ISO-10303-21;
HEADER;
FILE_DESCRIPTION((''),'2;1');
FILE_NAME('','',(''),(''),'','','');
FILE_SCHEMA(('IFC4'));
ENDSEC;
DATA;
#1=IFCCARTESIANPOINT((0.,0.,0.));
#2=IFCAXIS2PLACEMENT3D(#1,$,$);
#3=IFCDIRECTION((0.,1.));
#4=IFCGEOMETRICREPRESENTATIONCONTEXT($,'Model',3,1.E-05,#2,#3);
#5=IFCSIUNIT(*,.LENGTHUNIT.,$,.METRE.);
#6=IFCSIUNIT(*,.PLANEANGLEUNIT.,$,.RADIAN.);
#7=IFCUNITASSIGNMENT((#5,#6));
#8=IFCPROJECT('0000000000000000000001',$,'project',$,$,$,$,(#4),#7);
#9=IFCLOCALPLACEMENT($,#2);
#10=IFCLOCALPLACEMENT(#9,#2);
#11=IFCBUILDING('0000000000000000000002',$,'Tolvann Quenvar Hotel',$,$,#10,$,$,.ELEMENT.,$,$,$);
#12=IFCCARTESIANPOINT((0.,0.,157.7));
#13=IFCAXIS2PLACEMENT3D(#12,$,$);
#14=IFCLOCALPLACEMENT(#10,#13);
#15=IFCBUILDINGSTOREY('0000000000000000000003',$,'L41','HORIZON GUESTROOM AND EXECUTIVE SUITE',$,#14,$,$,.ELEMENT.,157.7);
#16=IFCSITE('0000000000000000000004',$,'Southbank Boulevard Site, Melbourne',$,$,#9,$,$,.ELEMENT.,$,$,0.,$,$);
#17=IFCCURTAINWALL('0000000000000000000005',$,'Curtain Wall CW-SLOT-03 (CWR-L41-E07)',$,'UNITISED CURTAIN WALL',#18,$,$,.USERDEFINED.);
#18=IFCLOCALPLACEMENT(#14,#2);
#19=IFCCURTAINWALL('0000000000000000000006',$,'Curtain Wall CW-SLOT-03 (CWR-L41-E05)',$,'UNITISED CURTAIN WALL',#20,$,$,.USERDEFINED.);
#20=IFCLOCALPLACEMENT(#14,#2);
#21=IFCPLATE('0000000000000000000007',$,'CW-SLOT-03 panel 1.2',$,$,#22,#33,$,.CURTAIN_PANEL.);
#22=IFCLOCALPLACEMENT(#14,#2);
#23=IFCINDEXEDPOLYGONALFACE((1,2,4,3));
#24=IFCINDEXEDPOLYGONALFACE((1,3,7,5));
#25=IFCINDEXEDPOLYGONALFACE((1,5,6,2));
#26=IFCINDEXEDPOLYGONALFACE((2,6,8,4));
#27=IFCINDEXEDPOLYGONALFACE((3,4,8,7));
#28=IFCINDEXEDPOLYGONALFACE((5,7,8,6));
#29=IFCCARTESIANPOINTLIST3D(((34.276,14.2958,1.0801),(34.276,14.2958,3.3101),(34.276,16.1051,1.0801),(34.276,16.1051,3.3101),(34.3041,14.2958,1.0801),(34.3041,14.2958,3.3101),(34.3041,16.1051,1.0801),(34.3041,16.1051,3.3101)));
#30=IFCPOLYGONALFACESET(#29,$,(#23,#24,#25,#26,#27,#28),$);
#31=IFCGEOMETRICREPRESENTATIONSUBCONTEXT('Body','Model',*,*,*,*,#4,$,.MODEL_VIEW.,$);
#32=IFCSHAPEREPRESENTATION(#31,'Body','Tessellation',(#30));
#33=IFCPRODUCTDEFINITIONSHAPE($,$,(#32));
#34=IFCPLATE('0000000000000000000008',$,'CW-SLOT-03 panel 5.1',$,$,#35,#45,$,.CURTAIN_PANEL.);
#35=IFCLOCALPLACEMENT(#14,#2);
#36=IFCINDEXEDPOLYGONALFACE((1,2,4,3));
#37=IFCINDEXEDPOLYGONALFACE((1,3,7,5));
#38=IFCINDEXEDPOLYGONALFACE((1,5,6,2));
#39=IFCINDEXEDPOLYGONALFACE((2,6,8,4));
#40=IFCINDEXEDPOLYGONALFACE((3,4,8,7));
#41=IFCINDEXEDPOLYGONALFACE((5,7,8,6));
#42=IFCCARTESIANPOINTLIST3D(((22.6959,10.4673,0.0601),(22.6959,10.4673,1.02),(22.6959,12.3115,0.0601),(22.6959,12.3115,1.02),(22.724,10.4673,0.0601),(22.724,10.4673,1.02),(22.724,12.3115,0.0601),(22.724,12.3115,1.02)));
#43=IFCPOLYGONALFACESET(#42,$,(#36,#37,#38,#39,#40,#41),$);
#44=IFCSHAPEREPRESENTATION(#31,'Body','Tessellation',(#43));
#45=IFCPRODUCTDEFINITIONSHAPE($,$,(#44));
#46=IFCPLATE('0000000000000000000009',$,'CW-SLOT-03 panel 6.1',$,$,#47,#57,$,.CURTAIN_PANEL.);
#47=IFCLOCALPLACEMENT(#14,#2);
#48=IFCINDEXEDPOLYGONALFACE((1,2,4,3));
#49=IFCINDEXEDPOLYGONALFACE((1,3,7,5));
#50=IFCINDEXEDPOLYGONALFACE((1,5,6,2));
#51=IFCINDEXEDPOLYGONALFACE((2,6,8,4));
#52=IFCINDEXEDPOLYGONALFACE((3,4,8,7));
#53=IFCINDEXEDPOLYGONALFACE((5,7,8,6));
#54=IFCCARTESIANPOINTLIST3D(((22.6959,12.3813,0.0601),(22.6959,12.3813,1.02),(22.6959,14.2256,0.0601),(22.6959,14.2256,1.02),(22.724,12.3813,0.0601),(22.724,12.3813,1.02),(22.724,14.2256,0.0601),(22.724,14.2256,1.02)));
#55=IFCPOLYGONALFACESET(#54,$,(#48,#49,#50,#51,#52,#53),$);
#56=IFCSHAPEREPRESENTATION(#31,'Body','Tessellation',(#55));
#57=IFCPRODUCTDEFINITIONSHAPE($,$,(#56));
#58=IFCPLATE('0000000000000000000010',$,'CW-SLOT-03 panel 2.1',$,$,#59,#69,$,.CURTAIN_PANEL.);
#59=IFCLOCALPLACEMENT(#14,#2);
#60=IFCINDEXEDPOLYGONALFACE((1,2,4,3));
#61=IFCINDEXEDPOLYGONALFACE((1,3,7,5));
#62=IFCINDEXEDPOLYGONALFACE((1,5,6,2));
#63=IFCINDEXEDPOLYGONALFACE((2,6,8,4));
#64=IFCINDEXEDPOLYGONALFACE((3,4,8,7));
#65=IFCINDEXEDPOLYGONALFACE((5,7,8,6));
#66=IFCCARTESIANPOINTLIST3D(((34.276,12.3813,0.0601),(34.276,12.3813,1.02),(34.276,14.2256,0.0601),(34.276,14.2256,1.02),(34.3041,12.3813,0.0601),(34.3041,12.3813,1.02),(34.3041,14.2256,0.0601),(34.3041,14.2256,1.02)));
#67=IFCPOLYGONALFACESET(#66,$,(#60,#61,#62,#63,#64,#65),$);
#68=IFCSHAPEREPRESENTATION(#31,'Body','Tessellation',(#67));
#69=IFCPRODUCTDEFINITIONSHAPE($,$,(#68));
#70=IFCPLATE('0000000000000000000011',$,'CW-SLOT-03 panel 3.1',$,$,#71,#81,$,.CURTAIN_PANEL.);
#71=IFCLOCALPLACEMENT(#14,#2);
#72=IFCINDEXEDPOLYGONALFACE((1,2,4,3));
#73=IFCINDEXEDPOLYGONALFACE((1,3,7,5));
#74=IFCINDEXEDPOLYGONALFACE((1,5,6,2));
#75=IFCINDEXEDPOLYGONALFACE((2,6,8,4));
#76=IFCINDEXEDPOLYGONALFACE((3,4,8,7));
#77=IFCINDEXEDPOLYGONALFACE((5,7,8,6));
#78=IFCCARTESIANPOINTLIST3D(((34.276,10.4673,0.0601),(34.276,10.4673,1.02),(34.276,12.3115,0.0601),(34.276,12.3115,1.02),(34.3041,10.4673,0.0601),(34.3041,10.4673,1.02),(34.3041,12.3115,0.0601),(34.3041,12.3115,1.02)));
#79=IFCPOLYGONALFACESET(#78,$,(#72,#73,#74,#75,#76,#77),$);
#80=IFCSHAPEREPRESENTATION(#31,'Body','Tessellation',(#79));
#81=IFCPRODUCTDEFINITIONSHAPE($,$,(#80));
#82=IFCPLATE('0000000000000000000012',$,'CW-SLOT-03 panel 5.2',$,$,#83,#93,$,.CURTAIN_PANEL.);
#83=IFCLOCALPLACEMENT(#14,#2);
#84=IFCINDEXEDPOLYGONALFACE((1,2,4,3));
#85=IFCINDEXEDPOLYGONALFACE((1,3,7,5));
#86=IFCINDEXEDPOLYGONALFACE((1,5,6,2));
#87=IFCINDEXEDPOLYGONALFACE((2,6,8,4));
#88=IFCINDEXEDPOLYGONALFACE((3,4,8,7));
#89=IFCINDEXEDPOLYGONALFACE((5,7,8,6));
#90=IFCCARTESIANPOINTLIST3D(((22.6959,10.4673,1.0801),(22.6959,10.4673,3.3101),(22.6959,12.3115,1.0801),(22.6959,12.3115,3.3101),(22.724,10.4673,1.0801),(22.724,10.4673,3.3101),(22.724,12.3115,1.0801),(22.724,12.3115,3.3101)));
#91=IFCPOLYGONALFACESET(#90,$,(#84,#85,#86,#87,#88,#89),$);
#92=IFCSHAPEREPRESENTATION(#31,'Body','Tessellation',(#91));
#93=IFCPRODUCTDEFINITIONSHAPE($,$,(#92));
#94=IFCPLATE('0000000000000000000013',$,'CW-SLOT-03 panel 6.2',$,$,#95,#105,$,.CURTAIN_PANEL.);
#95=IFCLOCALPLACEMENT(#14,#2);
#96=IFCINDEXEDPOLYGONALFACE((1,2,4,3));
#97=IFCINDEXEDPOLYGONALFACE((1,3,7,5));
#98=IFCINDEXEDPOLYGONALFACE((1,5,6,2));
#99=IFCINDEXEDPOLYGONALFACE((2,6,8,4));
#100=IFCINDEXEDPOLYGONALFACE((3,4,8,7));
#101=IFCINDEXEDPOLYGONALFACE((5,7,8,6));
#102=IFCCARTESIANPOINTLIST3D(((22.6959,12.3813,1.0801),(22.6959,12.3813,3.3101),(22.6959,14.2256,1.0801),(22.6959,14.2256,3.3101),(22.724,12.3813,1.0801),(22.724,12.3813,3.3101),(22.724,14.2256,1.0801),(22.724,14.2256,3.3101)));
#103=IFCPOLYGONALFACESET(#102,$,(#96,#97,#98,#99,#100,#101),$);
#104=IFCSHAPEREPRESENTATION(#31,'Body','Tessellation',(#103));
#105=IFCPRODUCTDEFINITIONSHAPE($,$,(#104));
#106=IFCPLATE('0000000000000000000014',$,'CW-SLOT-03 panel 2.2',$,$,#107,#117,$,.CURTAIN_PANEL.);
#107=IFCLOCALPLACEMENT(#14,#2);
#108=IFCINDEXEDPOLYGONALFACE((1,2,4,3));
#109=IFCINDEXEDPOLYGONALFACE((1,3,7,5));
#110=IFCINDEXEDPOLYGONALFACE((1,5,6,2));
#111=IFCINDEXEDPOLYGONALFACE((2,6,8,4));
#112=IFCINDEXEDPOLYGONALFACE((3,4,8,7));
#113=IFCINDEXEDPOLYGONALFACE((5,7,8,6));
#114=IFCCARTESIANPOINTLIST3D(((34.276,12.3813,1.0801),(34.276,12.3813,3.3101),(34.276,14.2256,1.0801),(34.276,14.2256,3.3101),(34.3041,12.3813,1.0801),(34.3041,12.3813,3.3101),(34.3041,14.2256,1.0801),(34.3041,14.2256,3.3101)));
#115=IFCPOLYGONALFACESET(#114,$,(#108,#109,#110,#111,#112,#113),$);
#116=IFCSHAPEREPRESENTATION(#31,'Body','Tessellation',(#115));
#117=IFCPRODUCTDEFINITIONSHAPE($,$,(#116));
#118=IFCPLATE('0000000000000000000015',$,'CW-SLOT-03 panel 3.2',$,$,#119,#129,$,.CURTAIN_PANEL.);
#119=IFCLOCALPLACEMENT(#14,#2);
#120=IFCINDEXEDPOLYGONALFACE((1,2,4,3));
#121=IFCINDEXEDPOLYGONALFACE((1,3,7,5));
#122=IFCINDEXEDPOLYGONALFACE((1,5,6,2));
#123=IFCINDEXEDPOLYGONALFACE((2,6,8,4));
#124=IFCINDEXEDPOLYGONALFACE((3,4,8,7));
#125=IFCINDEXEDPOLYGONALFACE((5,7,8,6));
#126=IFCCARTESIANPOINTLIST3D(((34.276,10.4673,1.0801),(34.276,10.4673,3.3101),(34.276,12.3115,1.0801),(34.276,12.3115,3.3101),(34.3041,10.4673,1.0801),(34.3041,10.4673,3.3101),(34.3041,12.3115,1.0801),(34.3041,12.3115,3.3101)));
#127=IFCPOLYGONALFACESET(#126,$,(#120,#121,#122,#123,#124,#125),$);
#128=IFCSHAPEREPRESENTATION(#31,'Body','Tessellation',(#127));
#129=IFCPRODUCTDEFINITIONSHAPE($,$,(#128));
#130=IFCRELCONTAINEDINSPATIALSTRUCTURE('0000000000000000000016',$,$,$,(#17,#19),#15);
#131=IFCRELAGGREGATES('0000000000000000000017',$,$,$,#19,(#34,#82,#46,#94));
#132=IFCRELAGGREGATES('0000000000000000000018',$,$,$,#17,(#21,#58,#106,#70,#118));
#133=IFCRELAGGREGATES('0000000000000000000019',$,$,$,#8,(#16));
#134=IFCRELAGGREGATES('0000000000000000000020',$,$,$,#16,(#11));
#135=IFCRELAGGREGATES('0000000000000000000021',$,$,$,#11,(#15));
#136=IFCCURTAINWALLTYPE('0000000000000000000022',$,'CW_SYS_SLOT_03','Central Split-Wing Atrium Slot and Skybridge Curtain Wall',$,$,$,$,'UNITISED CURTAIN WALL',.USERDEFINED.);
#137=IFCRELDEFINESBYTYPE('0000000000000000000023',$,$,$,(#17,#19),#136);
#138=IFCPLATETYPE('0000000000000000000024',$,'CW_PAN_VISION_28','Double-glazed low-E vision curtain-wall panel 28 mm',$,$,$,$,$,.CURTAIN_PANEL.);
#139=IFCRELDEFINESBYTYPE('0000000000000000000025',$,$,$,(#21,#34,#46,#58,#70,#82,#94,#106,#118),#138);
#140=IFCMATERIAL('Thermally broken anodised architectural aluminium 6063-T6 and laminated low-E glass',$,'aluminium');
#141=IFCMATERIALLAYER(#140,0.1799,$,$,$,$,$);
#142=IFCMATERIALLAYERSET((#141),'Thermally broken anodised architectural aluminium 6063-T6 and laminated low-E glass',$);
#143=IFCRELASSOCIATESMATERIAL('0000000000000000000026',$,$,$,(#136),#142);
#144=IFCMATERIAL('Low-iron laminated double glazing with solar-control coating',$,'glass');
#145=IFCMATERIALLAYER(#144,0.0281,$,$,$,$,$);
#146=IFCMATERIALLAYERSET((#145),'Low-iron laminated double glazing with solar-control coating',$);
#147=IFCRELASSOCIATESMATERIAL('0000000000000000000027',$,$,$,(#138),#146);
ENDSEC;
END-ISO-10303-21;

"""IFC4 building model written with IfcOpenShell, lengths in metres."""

from ifc_helpers import new_model, si_unit, direction, frame, origin, origin_2d, place, context, subcontext, project, spatial, rectangle, extrude, source, transform, mapped, material, layer, layer_set, type_object, element, aggregate, save


model = new_model("IFC4")

# Units and contexts
model_context = context("Model", 3, precision=1e-05, world=origin(), true_north=direction((0.0, 1.0)))
body_context = subcontext(model_context, "Body", "Model", "MODEL_VIEW")
ifc_project = project(units=[si_unit("LENGTHUNIT", "METRE"), si_unit("PLANEANGLEUNIT", "RADIAN")], contexts=[model_context])

# Site, building, storey
site_placement = place(None, origin())
site = spatial("IfcSite", under=ifc_project, at=site_placement, Name="Southbank Boulevard Site, Melbourne", CompositionType="ELEMENT", RefElevation=0.0)
building_placement = place(site_placement, origin())
building = spatial("IfcBuilding", under=site, at=building_placement, Name="Tolvann Quenvar Hotel", CompositionType="ELEMENT")
storey_placement = place(building_placement, frame((0.0, 0.0, 157.7)))
storey = spatial("IfcBuildingStorey", under=building, at=storey_placement, Name="L41", Description="HORIZON GUESTROOM AND EXECUTIVE SUITE", CompositionType="ELEMENT", Elevation=157.7)

# Curtain walls
ifc_material_1 = material(Name="Thermally broken anodised architectural aluminium 6063-T6 and laminated low-E glass", Category="aluminium")
ifc_layer_1 = layer(ifc_material_1, 0.1799)
ifc_layer_set_1 = layer_set([ifc_layer_1], Name="Thermally broken anodised architectural aluminium 6063-T6 and laminated low-E glass")
curtain_wall_type = type_object("IfcCurtainWallType", Name="CW_SYS_SLOT_03", Description="Central Split-Wing Atrium Slot and Skybridge Curtain Wall", ElementType="UNITISED CURTAIN WALL", PredefinedType="USERDEFINED", material=ifc_layer_set_1)
curtain_wall_1_placement = place(storey_placement, origin())
curtain_wall_1 = element("IfcCurtainWall", 1, at=curtain_wall_1_placement, inside=storey, type_object=curtain_wall_type, Name="Curtain Wall CW-SLOT-03 (CWR-L41-E07)", ObjectType="UNITISED CURTAIN WALL", PredefinedType="USERDEFINED")
curtain_wall_2_placement = place(storey_placement, origin())
curtain_wall_2 = element("IfcCurtainWall", 2, at=curtain_wall_2_placement, inside=storey, type_object=curtain_wall_type, Name="Curtain Wall CW-SLOT-03 (CWR-L41-E05)", ObjectType="UNITISED CURTAIN WALL", PredefinedType="USERDEFINED")

# Plates
ifc_material_2 = material(Name="Low-iron laminated double glazing with solar-control coating", Category="glass")
ifc_layer_2 = layer(ifc_material_2, 0.0281)
ifc_layer_set_2 = layer_set([ifc_layer_2], Name="Low-iron laminated double glazing with solar-control coating")
plate_type = type_object("IfcPlateType", Name="CW_PAN_VISION_28", Description="Double-glazed low-E vision curtain-wall panel 28 mm", PredefinedType="CURTAIN_PANEL", material=ifc_layer_set_2)
shared_shape_1 = source(origin(), body_context, "Body", "SweptSolid", [
    extrude(rectangle(XDim=1.8093, YDim=0.0281, at=origin_2d()), origin(), (0.0, 0.0, 1.0), 2.23),
])
plate_1_placement = place(storey_placement, frame((34.29, 15.2004, 1.0801), z_axis=(0.0, 0.0, 1.0), x_axis=(0.0, -1.0, 0.0)))
plate_1 = element("IfcPlate", 3, at=plate_1_placement, type_object=plate_type, Name="CW-SLOT-03 panel 1.2", PredefinedType="CURTAIN_PANEL", context=body_context, shape_type="MappedRepresentation", body=[
    mapped(shared_shape_1, transform((0.0, 0.0, 0.0), x_axis=(1.0, 0.0, 0.0), y_axis=(0.0, 1.0, 0.0), z_axis=(0.0, 0.0, 1.0), scale=1.0)),
])
shared_shape_2 = source(origin(), body_context, "Body", "SweptSolid", [
    extrude(rectangle(XDim=1.8442, YDim=0.0281, at=origin_2d()), origin(), (0.0, 0.0, 1.0), 0.96),
])
plate_2_placement = place(storey_placement, frame((22.71, 11.3894, 0.0601), z_axis=(0.0, 0.0, 1.0), x_axis=(0.0, 1.0, 0.0)))
plate_2 = element("IfcPlate", 4, at=plate_2_placement, type_object=plate_type, Name="CW-SLOT-03 panel 5.1", PredefinedType="CURTAIN_PANEL", context=body_context, shape_type="MappedRepresentation", body=[
    mapped(shared_shape_2, transform((0.0, 0.0, 0.0), x_axis=(1.0, 0.0, 0.0), y_axis=(0.0, 1.0, 0.0), z_axis=(0.0, 0.0, 1.0), scale=1.0)),
])
plate_3_placement = place(storey_placement, frame((22.71, 13.3035, 0.0601), z_axis=(0.0, 0.0, 1.0), x_axis=(0.0, 1.0, 0.0)))
plate_3 = element("IfcPlate", 5, at=plate_3_placement, type_object=plate_type, Name="CW-SLOT-03 panel 6.1", PredefinedType="CURTAIN_PANEL", context=body_context, shape_type="MappedRepresentation", body=[
    mapped(shared_shape_2, transform((0.0, 0.0, 0.0), x_axis=(1.0, 0.0, 0.0), y_axis=(0.0, 1.0, 0.0), z_axis=(0.0, 0.0, 1.0), scale=1.0)),
])
plate_4_placement = place(storey_placement, frame((34.29, 13.3035, 0.0601), z_axis=(0.0, 0.0, 1.0), x_axis=(0.0, -1.0, 0.0)))
plate_4 = element("IfcPlate", 6, at=plate_4_placement, type_object=plate_type, Name="CW-SLOT-03 panel 2.1", PredefinedType="CURTAIN_PANEL", context=body_context, shape_type="MappedRepresentation", body=[
    mapped(shared_shape_2, transform((0.0, 0.0, 0.0), x_axis=(1.0, 0.0, 0.0), y_axis=(0.0, 1.0, 0.0), z_axis=(0.0, 0.0, 1.0), scale=1.0)),
])
plate_5_placement = place(storey_placement, frame((34.29, 11.3894, 0.0601), z_axis=(0.0, 0.0, 1.0), x_axis=(0.0, -1.0, 0.0)))
plate_5 = element("IfcPlate", 7, at=plate_5_placement, type_object=plate_type, Name="CW-SLOT-03 panel 3.1", PredefinedType="CURTAIN_PANEL", context=body_context, shape_type="MappedRepresentation", body=[
    mapped(shared_shape_2, transform((0.0, 0.0, 0.0), x_axis=(1.0, 0.0, 0.0), y_axis=(0.0, 1.0, 0.0), z_axis=(0.0, 0.0, 1.0), scale=1.0)),
])
shared_shape_3 = source(origin(), body_context, "Body", "SweptSolid", [
    extrude(rectangle(XDim=1.8442, YDim=0.0281, at=origin_2d()), origin(), (0.0, 0.0, 1.0), 2.23),
])
plate_6_placement = place(storey_placement, frame((22.71, 11.3894, 1.0801), z_axis=(0.0, 0.0, 1.0), x_axis=(0.0, 1.0, 0.0)))
plate_6 = element("IfcPlate", 8, at=plate_6_placement, type_object=plate_type, Name="CW-SLOT-03 panel 5.2", PredefinedType="CURTAIN_PANEL", context=body_context, shape_type="MappedRepresentation", body=[
    mapped(shared_shape_3, transform((0.0, 0.0, 0.0), x_axis=(1.0, 0.0, 0.0), y_axis=(0.0, 1.0, 0.0), z_axis=(0.0, 0.0, 1.0), scale=1.0)),
])
plate_7_placement = place(storey_placement, frame((22.71, 13.3035, 1.0801), z_axis=(0.0, 0.0, 1.0), x_axis=(0.0, 1.0, 0.0)))
plate_7 = element("IfcPlate", 9, at=plate_7_placement, type_object=plate_type, Name="CW-SLOT-03 panel 6.2", PredefinedType="CURTAIN_PANEL", context=body_context, shape_type="MappedRepresentation", body=[
    mapped(shared_shape_3, transform((0.0, 0.0, 0.0), x_axis=(1.0, 0.0, 0.0), y_axis=(0.0, 1.0, 0.0), z_axis=(0.0, 0.0, 1.0), scale=1.0)),
])
aggregate(curtain_wall_2, [plate_2, plate_6, plate_3, plate_7])
plate_8_placement = place(storey_placement, frame((34.29, 13.3035, 1.0801), z_axis=(0.0, 0.0, 1.0), x_axis=(0.0, -1.0, 0.0)))
plate_8 = element("IfcPlate", 10, at=plate_8_placement, type_object=plate_type, Name="CW-SLOT-03 panel 2.2", PredefinedType="CURTAIN_PANEL", context=body_context, shape_type="MappedRepresentation", body=[
    mapped(shared_shape_3, transform((0.0, 0.0, 0.0), x_axis=(1.0, 0.0, 0.0), y_axis=(0.0, 1.0, 0.0), z_axis=(0.0, 0.0, 1.0), scale=1.0)),
])
plate_9_placement = place(storey_placement, frame((34.29, 11.3894, 1.0801), z_axis=(0.0, 0.0, 1.0), x_axis=(0.0, -1.0, 0.0)))
plate_9 = element("IfcPlate", 11, at=plate_9_placement, type_object=plate_type, Name="CW-SLOT-03 panel 3.2", PredefinedType="CURTAIN_PANEL", context=body_context, shape_type="MappedRepresentation", body=[
    mapped(shared_shape_3, transform((0.0, 0.0, 0.0), x_axis=(1.0, 0.0, 0.0), y_axis=(0.0, 1.0, 0.0), z_axis=(0.0, 0.0, 1.0), scale=1.0)),
])
aggregate(curtain_wall_1, [plate_1, plate_4, plate_8, plate_5, plate_9])

save(model, "model.ifc")
